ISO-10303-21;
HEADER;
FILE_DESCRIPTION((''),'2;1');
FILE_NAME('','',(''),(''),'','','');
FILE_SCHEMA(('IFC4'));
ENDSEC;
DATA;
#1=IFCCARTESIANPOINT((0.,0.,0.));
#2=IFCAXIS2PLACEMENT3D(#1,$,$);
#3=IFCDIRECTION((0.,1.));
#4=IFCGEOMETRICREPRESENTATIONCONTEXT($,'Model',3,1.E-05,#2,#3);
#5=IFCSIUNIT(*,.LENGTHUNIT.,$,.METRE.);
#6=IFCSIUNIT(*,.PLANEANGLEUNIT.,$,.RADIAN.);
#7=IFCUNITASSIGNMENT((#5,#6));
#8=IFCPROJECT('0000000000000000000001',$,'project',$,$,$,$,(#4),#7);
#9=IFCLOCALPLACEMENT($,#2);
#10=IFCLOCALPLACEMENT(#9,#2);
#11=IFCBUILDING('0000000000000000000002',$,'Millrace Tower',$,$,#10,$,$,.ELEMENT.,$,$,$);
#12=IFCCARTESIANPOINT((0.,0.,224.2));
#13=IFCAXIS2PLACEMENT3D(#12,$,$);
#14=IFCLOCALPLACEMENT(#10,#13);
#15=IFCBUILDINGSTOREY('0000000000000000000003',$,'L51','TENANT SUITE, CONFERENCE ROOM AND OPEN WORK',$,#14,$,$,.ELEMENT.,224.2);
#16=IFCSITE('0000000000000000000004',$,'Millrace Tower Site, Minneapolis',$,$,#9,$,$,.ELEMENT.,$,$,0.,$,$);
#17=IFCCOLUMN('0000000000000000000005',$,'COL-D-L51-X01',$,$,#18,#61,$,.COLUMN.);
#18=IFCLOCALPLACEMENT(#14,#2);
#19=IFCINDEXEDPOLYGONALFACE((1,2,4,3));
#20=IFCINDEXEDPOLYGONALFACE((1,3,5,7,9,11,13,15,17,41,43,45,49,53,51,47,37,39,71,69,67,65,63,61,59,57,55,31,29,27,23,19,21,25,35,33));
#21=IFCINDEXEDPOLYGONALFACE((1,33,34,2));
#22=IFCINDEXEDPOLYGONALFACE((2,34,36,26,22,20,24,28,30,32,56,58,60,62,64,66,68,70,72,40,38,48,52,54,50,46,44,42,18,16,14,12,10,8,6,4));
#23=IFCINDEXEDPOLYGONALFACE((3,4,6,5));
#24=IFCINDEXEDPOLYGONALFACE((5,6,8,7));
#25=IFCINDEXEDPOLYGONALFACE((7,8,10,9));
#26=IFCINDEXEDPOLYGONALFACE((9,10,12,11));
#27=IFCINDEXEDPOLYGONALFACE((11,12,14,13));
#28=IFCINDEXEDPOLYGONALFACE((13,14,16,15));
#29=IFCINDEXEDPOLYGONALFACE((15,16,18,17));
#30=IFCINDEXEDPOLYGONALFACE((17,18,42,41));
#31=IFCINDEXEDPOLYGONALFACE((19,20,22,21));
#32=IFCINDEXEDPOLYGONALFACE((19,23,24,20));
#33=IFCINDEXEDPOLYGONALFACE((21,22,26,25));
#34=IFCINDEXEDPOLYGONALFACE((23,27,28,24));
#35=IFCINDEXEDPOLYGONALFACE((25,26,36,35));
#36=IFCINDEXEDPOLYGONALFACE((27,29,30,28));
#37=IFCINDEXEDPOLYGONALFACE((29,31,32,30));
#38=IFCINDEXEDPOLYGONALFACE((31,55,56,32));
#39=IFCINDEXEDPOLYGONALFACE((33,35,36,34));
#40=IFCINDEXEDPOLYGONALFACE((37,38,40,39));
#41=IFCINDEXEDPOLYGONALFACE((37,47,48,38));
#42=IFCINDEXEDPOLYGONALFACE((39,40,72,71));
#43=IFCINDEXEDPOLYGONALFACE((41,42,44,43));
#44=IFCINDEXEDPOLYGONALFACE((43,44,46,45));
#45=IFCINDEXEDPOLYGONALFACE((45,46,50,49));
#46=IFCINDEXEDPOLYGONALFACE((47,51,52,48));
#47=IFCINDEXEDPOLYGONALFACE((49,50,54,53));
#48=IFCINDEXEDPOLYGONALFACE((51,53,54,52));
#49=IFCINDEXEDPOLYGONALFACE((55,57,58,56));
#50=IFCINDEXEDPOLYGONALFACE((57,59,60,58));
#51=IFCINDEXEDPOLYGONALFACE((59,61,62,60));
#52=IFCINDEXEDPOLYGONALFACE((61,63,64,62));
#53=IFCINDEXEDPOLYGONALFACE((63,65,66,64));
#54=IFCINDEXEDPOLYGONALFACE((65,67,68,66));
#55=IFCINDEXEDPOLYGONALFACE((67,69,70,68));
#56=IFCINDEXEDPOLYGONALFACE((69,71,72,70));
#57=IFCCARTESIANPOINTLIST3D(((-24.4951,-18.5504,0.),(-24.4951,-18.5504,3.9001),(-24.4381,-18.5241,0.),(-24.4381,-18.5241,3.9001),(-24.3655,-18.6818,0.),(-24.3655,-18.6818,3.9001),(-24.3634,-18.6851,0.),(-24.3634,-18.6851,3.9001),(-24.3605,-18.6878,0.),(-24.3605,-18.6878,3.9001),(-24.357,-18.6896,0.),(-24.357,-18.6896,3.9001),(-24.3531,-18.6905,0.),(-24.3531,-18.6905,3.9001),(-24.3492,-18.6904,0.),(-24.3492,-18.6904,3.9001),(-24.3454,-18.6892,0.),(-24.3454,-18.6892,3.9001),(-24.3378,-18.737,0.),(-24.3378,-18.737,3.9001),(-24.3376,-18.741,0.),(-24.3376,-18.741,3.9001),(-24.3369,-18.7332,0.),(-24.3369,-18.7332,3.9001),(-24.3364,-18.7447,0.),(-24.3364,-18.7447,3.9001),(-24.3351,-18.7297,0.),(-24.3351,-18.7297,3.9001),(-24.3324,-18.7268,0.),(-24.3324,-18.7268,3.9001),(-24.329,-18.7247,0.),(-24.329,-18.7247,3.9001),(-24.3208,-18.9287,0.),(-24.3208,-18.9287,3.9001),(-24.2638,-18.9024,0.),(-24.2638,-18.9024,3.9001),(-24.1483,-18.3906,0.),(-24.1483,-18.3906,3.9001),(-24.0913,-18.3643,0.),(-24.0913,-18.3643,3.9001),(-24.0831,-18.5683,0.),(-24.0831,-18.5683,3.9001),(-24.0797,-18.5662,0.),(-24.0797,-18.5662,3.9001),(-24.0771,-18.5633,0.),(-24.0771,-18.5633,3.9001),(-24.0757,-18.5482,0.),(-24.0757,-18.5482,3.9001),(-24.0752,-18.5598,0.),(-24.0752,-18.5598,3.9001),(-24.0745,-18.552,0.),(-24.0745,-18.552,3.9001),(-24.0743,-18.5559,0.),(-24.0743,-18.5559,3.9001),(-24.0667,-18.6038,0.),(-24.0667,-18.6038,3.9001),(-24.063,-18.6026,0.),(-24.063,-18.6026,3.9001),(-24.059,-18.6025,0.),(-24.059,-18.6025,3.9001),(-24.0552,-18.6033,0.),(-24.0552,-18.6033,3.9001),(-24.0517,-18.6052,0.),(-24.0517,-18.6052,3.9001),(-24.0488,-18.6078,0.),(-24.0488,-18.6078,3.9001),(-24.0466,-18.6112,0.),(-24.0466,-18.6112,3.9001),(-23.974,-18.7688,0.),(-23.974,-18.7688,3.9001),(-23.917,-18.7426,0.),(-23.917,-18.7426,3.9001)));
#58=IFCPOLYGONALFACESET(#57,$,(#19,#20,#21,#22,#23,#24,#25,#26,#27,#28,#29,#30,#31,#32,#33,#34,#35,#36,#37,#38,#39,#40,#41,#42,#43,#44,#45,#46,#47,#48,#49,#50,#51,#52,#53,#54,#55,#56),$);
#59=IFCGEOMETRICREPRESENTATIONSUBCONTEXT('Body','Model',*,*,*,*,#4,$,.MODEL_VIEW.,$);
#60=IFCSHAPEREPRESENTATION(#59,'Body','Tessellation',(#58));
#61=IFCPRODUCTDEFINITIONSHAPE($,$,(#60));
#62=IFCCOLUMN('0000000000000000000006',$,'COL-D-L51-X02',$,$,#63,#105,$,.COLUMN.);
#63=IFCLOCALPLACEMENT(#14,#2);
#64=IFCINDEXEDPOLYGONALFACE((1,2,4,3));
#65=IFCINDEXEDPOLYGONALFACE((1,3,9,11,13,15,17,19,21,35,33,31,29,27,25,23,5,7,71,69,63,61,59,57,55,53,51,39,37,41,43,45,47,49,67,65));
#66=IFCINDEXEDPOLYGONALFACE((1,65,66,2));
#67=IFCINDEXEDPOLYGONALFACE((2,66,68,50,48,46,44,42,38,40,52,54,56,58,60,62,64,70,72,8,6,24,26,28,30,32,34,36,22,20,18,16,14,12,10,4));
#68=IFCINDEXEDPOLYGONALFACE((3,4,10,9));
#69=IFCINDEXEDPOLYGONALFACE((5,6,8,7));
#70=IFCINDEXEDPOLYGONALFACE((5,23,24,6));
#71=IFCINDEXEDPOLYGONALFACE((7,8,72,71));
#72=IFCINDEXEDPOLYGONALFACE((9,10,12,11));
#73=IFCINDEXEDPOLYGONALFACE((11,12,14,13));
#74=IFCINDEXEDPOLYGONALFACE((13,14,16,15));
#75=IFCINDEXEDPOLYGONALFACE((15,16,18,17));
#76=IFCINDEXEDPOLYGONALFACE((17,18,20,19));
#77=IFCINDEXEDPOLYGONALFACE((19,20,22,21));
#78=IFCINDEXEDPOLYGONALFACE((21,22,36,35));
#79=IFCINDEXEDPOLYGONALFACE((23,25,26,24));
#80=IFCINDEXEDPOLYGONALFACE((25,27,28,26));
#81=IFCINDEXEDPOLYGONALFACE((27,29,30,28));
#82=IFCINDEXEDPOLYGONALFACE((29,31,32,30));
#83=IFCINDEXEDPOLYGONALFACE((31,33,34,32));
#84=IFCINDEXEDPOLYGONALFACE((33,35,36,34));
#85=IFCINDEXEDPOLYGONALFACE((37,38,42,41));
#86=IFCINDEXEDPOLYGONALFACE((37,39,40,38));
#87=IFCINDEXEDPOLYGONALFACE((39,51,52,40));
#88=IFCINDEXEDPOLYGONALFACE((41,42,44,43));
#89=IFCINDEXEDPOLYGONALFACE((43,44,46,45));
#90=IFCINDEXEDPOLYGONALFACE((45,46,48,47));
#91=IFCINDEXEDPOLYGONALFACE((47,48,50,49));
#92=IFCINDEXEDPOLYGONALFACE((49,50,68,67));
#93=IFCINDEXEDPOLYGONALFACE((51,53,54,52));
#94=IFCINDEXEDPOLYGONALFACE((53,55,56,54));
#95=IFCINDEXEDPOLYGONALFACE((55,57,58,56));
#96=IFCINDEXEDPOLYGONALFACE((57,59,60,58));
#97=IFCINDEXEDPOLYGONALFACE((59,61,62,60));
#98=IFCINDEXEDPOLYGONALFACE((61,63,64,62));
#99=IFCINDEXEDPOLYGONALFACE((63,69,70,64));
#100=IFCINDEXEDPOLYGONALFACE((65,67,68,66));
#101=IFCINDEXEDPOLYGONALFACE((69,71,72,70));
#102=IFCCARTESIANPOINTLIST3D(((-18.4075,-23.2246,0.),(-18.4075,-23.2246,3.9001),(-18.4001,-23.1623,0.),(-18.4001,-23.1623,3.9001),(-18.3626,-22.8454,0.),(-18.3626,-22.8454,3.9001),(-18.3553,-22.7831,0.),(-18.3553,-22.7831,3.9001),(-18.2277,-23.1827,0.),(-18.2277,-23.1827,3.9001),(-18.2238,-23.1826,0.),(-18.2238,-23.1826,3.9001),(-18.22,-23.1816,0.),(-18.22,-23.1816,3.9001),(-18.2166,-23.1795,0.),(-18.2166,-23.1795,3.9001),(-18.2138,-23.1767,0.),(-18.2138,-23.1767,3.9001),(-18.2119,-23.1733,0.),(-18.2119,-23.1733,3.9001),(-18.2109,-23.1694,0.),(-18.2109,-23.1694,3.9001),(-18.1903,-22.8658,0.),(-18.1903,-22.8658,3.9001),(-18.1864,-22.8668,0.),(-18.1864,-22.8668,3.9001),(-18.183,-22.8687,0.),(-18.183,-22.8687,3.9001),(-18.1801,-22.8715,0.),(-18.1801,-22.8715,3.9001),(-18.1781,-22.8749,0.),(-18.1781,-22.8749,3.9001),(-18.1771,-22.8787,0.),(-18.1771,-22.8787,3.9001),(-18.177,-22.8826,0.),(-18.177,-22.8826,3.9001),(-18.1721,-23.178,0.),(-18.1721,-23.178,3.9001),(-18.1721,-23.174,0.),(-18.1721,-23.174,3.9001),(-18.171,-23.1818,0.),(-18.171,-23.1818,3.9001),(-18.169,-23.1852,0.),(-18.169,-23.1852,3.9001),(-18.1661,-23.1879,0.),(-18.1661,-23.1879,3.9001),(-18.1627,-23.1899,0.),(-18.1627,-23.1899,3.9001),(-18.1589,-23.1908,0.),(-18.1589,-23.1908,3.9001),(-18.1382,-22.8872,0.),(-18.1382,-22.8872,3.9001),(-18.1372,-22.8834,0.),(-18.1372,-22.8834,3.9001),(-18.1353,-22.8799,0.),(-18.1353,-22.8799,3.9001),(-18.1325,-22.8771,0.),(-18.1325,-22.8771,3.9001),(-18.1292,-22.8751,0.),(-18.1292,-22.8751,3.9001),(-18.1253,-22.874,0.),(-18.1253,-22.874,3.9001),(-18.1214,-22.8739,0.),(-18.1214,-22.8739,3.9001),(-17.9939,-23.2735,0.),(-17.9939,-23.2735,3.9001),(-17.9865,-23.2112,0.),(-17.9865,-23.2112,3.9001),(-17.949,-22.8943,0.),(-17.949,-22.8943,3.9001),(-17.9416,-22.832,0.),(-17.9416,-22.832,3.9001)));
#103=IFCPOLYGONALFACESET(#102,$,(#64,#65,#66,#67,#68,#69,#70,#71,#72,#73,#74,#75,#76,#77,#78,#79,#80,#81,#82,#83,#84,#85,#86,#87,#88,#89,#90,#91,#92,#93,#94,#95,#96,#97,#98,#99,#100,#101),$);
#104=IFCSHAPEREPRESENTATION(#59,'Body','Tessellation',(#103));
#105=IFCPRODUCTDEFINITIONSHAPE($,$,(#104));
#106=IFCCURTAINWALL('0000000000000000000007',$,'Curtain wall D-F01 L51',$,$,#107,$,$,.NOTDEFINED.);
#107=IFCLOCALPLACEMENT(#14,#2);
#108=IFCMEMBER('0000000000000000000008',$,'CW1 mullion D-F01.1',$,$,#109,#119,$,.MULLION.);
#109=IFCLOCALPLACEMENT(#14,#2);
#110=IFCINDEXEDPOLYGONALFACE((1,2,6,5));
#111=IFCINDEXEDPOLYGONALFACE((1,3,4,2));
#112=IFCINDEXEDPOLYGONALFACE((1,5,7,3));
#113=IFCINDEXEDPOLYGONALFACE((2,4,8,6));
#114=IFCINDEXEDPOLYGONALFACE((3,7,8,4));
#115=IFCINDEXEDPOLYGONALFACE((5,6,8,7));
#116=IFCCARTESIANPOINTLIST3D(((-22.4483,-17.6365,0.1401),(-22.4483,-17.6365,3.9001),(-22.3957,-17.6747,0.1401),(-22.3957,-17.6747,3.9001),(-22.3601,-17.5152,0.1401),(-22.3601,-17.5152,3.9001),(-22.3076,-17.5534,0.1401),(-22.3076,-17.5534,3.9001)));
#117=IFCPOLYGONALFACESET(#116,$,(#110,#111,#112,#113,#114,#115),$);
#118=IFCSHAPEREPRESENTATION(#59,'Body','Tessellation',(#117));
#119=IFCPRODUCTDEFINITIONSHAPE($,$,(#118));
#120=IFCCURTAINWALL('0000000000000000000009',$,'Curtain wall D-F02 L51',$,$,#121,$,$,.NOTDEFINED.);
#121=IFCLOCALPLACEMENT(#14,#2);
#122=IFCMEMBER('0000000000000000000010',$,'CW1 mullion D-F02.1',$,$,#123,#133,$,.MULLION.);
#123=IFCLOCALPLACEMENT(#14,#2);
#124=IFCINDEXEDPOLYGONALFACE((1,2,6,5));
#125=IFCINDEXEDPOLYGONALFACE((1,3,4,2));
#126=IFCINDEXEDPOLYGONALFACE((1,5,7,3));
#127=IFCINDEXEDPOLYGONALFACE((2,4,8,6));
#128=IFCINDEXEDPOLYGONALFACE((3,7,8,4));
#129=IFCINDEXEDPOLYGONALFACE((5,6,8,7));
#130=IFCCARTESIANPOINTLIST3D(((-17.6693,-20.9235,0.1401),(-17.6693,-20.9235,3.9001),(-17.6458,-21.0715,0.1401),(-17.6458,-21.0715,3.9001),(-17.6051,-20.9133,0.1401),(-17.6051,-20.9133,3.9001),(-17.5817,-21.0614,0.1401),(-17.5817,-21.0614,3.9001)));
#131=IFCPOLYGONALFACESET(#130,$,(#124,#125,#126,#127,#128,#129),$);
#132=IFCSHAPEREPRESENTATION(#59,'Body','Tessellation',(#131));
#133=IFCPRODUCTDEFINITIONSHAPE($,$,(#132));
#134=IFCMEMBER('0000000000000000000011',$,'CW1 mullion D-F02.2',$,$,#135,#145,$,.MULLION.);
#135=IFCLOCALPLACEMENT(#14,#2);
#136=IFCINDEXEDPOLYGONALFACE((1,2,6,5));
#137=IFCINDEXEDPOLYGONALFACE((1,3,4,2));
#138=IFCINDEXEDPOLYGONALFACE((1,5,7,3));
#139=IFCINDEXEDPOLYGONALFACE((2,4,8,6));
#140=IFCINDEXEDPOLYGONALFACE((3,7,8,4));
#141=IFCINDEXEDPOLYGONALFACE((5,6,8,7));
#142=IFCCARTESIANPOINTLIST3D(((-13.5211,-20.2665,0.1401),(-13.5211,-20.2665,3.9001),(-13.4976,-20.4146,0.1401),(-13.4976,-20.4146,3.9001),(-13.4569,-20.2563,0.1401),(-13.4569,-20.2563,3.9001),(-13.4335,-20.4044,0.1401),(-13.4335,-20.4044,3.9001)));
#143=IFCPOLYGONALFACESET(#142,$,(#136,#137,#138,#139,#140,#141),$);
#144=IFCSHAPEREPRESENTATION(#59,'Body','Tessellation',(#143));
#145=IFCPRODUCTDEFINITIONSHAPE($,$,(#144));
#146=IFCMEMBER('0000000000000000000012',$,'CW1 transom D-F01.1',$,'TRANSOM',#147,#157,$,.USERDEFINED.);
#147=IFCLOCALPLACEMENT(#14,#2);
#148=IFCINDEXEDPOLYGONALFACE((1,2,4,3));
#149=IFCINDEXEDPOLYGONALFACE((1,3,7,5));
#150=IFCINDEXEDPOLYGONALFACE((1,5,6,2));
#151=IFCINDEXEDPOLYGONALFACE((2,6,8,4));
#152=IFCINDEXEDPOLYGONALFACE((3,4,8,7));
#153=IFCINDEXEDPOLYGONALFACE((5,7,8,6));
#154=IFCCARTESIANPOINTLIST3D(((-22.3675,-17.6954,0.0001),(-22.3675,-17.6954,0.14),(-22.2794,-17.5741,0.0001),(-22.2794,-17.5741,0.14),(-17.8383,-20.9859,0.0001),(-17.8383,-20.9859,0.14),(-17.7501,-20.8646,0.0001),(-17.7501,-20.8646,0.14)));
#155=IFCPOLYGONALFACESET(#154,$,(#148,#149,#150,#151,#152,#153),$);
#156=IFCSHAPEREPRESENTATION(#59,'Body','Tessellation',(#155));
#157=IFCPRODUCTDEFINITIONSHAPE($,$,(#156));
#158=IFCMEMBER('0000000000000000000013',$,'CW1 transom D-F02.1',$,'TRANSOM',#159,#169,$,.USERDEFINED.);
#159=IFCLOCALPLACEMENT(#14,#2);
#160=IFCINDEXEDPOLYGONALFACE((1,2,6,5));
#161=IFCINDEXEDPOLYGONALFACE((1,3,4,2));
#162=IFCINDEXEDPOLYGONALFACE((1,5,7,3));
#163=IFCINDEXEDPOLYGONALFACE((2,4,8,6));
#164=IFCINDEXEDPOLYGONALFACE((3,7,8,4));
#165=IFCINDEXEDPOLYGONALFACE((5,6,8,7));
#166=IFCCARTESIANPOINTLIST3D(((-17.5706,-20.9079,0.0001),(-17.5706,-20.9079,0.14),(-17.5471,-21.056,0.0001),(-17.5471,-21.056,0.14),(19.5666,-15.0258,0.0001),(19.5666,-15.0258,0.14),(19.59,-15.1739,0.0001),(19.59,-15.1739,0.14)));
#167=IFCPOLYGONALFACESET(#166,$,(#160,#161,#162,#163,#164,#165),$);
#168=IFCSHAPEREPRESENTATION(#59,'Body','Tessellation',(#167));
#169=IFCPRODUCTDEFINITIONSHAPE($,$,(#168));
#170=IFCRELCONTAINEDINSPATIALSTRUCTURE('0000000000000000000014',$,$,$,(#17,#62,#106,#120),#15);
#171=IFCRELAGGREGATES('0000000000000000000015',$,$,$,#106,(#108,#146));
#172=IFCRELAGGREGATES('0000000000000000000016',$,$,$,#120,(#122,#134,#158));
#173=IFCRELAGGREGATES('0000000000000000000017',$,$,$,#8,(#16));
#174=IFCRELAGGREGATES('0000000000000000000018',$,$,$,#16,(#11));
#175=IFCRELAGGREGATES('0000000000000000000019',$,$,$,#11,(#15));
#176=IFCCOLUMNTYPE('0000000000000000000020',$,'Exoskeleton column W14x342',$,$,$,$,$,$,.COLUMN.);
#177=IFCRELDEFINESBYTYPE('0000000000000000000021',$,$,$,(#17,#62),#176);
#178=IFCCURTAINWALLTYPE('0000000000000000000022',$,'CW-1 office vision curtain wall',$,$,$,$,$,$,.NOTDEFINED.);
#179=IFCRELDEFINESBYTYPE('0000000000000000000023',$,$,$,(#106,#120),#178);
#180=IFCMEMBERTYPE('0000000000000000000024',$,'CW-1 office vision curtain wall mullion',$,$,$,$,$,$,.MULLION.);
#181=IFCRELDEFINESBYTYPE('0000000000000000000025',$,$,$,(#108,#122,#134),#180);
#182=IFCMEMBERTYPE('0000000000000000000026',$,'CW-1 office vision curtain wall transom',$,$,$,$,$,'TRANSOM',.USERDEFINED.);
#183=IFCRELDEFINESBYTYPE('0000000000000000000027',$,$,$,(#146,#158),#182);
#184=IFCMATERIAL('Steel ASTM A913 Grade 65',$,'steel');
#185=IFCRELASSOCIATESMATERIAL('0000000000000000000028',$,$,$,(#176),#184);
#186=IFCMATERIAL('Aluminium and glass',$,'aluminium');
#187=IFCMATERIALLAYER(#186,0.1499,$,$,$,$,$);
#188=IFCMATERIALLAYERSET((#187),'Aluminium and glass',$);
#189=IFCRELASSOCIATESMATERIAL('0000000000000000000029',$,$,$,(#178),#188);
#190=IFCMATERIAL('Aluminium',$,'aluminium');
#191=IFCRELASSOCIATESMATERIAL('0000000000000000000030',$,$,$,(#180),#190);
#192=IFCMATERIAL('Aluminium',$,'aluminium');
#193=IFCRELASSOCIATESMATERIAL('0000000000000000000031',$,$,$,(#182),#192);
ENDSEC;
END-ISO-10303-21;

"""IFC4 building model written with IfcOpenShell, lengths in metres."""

from ifc_helpers import new_model, si_unit, direction, frame, origin, origin_2d, place, context, subcontext, project, spatial, rectangle, i_section, extrude, material, layer, layer_set, material_profile, profile_set, type_object, element, aggregate, save


model = new_model("IFC4")

# Units and contexts
model_context = context("Model", 3, precision=1e-05, world=origin(), true_north=direction((0.0, 1.0)))
body_context = subcontext(model_context, "Body", "Model", "MODEL_VIEW")
ifc_project = project(units=[si_unit("LENGTHUNIT", "METRE"), si_unit("PLANEANGLEUNIT", "RADIAN")], contexts=[model_context])

# Site, building, storey
site_placement = place(None, origin())
site = spatial("IfcSite", under=ifc_project, at=site_placement, Name="Millrace Tower Site, Minneapolis", CompositionType="ELEMENT", RefElevation=0.0)
building_placement = place(site_placement, origin())
building = spatial("IfcBuilding", under=site, at=building_placement, Name="Millrace Tower", CompositionType="ELEMENT")
storey_placement = place(building_placement, frame((0.0, 0.0, 224.2)))
storey = spatial("IfcBuildingStorey", under=building, at=storey_placement, Name="L51", Description="TENANT SUITE, CONFERENCE ROOM AND OPEN WORK", CompositionType="ELEMENT", Elevation=224.2)

# Columns
ifc_material_1 = material(Name="Steel ASTM A913 Grade 65", Category="steel")
ifc_material_profile_1 = material_profile(ifc_material_1, i_section(OverallWidth=0.4165, OverallDepth=0.4446, WebThickness=0.0391, FlangeThickness=0.0627, FilletRadius=0.0151, at=origin_2d()))
ifc_profile_set_1 = profile_set([ifc_material_profile_1], Name="Steel ASTM A913 Grade 65")
column_type = type_object("IfcColumnType", Name="Exoskeleton column W14x342", PredefinedType="COLUMN", material=ifc_profile_set_1)
for number, where, z_axis, x_axis, name in (
    (1, (-24.2061, -18.6465, 0.0), (0.0, 0.0, 1.0), (0.418553, -0.908192, 0.0), "COL-D-L51-X01"),
    (2, (-18.1746, -23.0283, 0.0), (0.0, 0.0, 1.0), (0.993082, -0.117421, 0.0), "COL-D-L51-X02"),
):
    element("IfcColumn", number, at=place(storey_placement, frame(where, z_axis=z_axis, x_axis=x_axis)), inside=storey, type_object=column_type, Name=name, PredefinedType="COLUMN", context=body_context, shape_type="SweptSolid", body=[
        extrude(i_section(OverallWidth=0.4165, OverallDepth=0.4446, WebThickness=0.0391, FlangeThickness=0.0627, FilletRadius=0.0151, at=origin_2d()), origin(), (0.0, 0.0, 1.0), 3.9001),
    ])

# Curtain wall, member
ifc_material_2 = material(Name="Aluminium and glass", Category="aluminium")
ifc_layer_1 = layer(ifc_material_2, 0.1499)
ifc_layer_set_1 = layer_set([ifc_layer_1], Name="Aluminium and glass")
curtain_wall_type = type_object("IfcCurtainWallType", Name="CW-1 office vision curtain wall", PredefinedType="NOTDEFINED", material=ifc_layer_set_1)
placement = place(storey_placement, origin())
curtain_wall_1 = element("IfcCurtainWall", 3, at=placement, inside=storey, type_object=curtain_wall_type, Name="Curtain wall D-F01 L51", PredefinedType="NOTDEFINED")
ifc_material_3 = material(Name="Aluminium", Category="aluminium")
ifc_material_profile_2 = material_profile(ifc_material_3, rectangle(XDim=0.0649, YDim=0.1499, at=origin_2d()))
ifc_profile_set_2 = profile_set([ifc_material_profile_2], Name="Aluminium")
member_type_1 = type_object("IfcMemberType", Name="CW-1 office vision curtain wall mullion", PredefinedType="MULLION", material=ifc_profile_set_2)
member_1_placement = place(storey_placement, frame((-22.3779, -17.595, 0.1401), z_axis=(0.0, 0.0, 1.0), x_axis=(0.809017, -0.587785, 0.0)))
member_1 = element("IfcMember", 4, at=member_1_placement, type_object=member_type_1, Name="CW1 mullion D-F01.1", PredefinedType="MULLION", context=body_context, shape_type="SweptSolid", body=[
    extrude(rectangle(XDim=0.0649, YDim=0.1499, at=origin_2d()), origin(), (0.0, 0.0, 1.0), 3.76),
])

# Curtain wall, members
curtain_wall_2 = element("IfcCurtainWall", 5, at=placement, inside=storey, type_object=curtain_wall_type, Name="Curtain wall D-F02 L51", PredefinedType="NOTDEFINED")
member_2_placement = place(storey_placement, frame((-17.6255, -20.9924, 0.1401), z_axis=(0.0, 0.0, 1.0), x_axis=(0.987688, 0.156434, 0.0)))
member_2 = element("IfcMember", 6, at=member_2_placement, type_object=member_type_1, Name="CW1 mullion D-F02.1", PredefinedType="MULLION", context=body_context, shape_type="SweptSolid", body=[
    extrude(rectangle(XDim=0.0649, YDim=0.1499, at=origin_2d()), origin(), (0.0, 0.0, 1.0), 3.76),
])
member_3_placement = place(storey_placement, frame((-13.4773, -20.3354, 0.1401), z_axis=(0.0, 0.0, 1.0), x_axis=(0.987688, 0.156434, 0.0)))
member_3 = element("IfcMember", 7, at=member_3_placement, type_object=member_type_1, Name="CW1 mullion D-F02.2", PredefinedType="MULLION", context=body_context, shape_type="SweptSolid", body=[
    extrude(rectangle(XDim=0.0649, YDim=0.1499, at=origin_2d()), origin(), (0.0, 0.0, 1.0), 3.76),
])

# Members
ifc_material_4 = material(Name="Aluminium", Category="aluminium")
ifc_material_profile_3 = material_profile(ifc_material_4, rectangle(XDim=0.1499, YDim=0.1399, at=origin_2d()))
ifc_profile_set_3 = profile_set([ifc_material_profile_3], Name="Aluminium")
member_type_2 = type_object("IfcMemberType", Name="CW-1 office vision curtain wall transom", ElementType="TRANSOM", PredefinedType="USERDEFINED", material=ifc_profile_set_3)
member_4_placement = place(storey_placement, frame((-22.3235, -17.6348, 0.0701), z_axis=(0.809034, -0.587762, 0.0), x_axis=(0.587762, 0.809034, 0.0)))
member_4 = element("IfcMember", 8, at=member_4_placement, type_object=member_type_2, Name="CW1 transom D-F01.1", ObjectType="TRANSOM", PredefinedType="USERDEFINED", context=body_context, shape_type="SweptSolid", body=[
    extrude(rectangle(XDim=0.1499, YDim=0.1399, at=origin_2d()), origin(), (0.0, 0.0, 1.0), 5.5984),
])
aggregate(curtain_wall_1, [member_1, member_4])
member_5_placement = place(storey_placement, frame((-17.5588, -20.9819, 0.0701), z_axis=(0.987688, 0.156438, 0.0), x_axis=(-0.156438, 0.987688, 0.0)))
member_5 = element("IfcMember", 9, at=member_5_placement, type_object=member_type_2, Name="CW1 transom D-F02.1", ObjectType="TRANSOM", PredefinedType="USERDEFINED", context=body_context, shape_type="SweptSolid", body=[
    extrude(rectangle(XDim=0.1499, YDim=0.1399, at=origin_2d()), origin(), (0.0, 0.0, 1.0), 37.6001),
])
aggregate(curtain_wall_2, [member_2, member_3, member_5])

save(model, "model.ifc")
